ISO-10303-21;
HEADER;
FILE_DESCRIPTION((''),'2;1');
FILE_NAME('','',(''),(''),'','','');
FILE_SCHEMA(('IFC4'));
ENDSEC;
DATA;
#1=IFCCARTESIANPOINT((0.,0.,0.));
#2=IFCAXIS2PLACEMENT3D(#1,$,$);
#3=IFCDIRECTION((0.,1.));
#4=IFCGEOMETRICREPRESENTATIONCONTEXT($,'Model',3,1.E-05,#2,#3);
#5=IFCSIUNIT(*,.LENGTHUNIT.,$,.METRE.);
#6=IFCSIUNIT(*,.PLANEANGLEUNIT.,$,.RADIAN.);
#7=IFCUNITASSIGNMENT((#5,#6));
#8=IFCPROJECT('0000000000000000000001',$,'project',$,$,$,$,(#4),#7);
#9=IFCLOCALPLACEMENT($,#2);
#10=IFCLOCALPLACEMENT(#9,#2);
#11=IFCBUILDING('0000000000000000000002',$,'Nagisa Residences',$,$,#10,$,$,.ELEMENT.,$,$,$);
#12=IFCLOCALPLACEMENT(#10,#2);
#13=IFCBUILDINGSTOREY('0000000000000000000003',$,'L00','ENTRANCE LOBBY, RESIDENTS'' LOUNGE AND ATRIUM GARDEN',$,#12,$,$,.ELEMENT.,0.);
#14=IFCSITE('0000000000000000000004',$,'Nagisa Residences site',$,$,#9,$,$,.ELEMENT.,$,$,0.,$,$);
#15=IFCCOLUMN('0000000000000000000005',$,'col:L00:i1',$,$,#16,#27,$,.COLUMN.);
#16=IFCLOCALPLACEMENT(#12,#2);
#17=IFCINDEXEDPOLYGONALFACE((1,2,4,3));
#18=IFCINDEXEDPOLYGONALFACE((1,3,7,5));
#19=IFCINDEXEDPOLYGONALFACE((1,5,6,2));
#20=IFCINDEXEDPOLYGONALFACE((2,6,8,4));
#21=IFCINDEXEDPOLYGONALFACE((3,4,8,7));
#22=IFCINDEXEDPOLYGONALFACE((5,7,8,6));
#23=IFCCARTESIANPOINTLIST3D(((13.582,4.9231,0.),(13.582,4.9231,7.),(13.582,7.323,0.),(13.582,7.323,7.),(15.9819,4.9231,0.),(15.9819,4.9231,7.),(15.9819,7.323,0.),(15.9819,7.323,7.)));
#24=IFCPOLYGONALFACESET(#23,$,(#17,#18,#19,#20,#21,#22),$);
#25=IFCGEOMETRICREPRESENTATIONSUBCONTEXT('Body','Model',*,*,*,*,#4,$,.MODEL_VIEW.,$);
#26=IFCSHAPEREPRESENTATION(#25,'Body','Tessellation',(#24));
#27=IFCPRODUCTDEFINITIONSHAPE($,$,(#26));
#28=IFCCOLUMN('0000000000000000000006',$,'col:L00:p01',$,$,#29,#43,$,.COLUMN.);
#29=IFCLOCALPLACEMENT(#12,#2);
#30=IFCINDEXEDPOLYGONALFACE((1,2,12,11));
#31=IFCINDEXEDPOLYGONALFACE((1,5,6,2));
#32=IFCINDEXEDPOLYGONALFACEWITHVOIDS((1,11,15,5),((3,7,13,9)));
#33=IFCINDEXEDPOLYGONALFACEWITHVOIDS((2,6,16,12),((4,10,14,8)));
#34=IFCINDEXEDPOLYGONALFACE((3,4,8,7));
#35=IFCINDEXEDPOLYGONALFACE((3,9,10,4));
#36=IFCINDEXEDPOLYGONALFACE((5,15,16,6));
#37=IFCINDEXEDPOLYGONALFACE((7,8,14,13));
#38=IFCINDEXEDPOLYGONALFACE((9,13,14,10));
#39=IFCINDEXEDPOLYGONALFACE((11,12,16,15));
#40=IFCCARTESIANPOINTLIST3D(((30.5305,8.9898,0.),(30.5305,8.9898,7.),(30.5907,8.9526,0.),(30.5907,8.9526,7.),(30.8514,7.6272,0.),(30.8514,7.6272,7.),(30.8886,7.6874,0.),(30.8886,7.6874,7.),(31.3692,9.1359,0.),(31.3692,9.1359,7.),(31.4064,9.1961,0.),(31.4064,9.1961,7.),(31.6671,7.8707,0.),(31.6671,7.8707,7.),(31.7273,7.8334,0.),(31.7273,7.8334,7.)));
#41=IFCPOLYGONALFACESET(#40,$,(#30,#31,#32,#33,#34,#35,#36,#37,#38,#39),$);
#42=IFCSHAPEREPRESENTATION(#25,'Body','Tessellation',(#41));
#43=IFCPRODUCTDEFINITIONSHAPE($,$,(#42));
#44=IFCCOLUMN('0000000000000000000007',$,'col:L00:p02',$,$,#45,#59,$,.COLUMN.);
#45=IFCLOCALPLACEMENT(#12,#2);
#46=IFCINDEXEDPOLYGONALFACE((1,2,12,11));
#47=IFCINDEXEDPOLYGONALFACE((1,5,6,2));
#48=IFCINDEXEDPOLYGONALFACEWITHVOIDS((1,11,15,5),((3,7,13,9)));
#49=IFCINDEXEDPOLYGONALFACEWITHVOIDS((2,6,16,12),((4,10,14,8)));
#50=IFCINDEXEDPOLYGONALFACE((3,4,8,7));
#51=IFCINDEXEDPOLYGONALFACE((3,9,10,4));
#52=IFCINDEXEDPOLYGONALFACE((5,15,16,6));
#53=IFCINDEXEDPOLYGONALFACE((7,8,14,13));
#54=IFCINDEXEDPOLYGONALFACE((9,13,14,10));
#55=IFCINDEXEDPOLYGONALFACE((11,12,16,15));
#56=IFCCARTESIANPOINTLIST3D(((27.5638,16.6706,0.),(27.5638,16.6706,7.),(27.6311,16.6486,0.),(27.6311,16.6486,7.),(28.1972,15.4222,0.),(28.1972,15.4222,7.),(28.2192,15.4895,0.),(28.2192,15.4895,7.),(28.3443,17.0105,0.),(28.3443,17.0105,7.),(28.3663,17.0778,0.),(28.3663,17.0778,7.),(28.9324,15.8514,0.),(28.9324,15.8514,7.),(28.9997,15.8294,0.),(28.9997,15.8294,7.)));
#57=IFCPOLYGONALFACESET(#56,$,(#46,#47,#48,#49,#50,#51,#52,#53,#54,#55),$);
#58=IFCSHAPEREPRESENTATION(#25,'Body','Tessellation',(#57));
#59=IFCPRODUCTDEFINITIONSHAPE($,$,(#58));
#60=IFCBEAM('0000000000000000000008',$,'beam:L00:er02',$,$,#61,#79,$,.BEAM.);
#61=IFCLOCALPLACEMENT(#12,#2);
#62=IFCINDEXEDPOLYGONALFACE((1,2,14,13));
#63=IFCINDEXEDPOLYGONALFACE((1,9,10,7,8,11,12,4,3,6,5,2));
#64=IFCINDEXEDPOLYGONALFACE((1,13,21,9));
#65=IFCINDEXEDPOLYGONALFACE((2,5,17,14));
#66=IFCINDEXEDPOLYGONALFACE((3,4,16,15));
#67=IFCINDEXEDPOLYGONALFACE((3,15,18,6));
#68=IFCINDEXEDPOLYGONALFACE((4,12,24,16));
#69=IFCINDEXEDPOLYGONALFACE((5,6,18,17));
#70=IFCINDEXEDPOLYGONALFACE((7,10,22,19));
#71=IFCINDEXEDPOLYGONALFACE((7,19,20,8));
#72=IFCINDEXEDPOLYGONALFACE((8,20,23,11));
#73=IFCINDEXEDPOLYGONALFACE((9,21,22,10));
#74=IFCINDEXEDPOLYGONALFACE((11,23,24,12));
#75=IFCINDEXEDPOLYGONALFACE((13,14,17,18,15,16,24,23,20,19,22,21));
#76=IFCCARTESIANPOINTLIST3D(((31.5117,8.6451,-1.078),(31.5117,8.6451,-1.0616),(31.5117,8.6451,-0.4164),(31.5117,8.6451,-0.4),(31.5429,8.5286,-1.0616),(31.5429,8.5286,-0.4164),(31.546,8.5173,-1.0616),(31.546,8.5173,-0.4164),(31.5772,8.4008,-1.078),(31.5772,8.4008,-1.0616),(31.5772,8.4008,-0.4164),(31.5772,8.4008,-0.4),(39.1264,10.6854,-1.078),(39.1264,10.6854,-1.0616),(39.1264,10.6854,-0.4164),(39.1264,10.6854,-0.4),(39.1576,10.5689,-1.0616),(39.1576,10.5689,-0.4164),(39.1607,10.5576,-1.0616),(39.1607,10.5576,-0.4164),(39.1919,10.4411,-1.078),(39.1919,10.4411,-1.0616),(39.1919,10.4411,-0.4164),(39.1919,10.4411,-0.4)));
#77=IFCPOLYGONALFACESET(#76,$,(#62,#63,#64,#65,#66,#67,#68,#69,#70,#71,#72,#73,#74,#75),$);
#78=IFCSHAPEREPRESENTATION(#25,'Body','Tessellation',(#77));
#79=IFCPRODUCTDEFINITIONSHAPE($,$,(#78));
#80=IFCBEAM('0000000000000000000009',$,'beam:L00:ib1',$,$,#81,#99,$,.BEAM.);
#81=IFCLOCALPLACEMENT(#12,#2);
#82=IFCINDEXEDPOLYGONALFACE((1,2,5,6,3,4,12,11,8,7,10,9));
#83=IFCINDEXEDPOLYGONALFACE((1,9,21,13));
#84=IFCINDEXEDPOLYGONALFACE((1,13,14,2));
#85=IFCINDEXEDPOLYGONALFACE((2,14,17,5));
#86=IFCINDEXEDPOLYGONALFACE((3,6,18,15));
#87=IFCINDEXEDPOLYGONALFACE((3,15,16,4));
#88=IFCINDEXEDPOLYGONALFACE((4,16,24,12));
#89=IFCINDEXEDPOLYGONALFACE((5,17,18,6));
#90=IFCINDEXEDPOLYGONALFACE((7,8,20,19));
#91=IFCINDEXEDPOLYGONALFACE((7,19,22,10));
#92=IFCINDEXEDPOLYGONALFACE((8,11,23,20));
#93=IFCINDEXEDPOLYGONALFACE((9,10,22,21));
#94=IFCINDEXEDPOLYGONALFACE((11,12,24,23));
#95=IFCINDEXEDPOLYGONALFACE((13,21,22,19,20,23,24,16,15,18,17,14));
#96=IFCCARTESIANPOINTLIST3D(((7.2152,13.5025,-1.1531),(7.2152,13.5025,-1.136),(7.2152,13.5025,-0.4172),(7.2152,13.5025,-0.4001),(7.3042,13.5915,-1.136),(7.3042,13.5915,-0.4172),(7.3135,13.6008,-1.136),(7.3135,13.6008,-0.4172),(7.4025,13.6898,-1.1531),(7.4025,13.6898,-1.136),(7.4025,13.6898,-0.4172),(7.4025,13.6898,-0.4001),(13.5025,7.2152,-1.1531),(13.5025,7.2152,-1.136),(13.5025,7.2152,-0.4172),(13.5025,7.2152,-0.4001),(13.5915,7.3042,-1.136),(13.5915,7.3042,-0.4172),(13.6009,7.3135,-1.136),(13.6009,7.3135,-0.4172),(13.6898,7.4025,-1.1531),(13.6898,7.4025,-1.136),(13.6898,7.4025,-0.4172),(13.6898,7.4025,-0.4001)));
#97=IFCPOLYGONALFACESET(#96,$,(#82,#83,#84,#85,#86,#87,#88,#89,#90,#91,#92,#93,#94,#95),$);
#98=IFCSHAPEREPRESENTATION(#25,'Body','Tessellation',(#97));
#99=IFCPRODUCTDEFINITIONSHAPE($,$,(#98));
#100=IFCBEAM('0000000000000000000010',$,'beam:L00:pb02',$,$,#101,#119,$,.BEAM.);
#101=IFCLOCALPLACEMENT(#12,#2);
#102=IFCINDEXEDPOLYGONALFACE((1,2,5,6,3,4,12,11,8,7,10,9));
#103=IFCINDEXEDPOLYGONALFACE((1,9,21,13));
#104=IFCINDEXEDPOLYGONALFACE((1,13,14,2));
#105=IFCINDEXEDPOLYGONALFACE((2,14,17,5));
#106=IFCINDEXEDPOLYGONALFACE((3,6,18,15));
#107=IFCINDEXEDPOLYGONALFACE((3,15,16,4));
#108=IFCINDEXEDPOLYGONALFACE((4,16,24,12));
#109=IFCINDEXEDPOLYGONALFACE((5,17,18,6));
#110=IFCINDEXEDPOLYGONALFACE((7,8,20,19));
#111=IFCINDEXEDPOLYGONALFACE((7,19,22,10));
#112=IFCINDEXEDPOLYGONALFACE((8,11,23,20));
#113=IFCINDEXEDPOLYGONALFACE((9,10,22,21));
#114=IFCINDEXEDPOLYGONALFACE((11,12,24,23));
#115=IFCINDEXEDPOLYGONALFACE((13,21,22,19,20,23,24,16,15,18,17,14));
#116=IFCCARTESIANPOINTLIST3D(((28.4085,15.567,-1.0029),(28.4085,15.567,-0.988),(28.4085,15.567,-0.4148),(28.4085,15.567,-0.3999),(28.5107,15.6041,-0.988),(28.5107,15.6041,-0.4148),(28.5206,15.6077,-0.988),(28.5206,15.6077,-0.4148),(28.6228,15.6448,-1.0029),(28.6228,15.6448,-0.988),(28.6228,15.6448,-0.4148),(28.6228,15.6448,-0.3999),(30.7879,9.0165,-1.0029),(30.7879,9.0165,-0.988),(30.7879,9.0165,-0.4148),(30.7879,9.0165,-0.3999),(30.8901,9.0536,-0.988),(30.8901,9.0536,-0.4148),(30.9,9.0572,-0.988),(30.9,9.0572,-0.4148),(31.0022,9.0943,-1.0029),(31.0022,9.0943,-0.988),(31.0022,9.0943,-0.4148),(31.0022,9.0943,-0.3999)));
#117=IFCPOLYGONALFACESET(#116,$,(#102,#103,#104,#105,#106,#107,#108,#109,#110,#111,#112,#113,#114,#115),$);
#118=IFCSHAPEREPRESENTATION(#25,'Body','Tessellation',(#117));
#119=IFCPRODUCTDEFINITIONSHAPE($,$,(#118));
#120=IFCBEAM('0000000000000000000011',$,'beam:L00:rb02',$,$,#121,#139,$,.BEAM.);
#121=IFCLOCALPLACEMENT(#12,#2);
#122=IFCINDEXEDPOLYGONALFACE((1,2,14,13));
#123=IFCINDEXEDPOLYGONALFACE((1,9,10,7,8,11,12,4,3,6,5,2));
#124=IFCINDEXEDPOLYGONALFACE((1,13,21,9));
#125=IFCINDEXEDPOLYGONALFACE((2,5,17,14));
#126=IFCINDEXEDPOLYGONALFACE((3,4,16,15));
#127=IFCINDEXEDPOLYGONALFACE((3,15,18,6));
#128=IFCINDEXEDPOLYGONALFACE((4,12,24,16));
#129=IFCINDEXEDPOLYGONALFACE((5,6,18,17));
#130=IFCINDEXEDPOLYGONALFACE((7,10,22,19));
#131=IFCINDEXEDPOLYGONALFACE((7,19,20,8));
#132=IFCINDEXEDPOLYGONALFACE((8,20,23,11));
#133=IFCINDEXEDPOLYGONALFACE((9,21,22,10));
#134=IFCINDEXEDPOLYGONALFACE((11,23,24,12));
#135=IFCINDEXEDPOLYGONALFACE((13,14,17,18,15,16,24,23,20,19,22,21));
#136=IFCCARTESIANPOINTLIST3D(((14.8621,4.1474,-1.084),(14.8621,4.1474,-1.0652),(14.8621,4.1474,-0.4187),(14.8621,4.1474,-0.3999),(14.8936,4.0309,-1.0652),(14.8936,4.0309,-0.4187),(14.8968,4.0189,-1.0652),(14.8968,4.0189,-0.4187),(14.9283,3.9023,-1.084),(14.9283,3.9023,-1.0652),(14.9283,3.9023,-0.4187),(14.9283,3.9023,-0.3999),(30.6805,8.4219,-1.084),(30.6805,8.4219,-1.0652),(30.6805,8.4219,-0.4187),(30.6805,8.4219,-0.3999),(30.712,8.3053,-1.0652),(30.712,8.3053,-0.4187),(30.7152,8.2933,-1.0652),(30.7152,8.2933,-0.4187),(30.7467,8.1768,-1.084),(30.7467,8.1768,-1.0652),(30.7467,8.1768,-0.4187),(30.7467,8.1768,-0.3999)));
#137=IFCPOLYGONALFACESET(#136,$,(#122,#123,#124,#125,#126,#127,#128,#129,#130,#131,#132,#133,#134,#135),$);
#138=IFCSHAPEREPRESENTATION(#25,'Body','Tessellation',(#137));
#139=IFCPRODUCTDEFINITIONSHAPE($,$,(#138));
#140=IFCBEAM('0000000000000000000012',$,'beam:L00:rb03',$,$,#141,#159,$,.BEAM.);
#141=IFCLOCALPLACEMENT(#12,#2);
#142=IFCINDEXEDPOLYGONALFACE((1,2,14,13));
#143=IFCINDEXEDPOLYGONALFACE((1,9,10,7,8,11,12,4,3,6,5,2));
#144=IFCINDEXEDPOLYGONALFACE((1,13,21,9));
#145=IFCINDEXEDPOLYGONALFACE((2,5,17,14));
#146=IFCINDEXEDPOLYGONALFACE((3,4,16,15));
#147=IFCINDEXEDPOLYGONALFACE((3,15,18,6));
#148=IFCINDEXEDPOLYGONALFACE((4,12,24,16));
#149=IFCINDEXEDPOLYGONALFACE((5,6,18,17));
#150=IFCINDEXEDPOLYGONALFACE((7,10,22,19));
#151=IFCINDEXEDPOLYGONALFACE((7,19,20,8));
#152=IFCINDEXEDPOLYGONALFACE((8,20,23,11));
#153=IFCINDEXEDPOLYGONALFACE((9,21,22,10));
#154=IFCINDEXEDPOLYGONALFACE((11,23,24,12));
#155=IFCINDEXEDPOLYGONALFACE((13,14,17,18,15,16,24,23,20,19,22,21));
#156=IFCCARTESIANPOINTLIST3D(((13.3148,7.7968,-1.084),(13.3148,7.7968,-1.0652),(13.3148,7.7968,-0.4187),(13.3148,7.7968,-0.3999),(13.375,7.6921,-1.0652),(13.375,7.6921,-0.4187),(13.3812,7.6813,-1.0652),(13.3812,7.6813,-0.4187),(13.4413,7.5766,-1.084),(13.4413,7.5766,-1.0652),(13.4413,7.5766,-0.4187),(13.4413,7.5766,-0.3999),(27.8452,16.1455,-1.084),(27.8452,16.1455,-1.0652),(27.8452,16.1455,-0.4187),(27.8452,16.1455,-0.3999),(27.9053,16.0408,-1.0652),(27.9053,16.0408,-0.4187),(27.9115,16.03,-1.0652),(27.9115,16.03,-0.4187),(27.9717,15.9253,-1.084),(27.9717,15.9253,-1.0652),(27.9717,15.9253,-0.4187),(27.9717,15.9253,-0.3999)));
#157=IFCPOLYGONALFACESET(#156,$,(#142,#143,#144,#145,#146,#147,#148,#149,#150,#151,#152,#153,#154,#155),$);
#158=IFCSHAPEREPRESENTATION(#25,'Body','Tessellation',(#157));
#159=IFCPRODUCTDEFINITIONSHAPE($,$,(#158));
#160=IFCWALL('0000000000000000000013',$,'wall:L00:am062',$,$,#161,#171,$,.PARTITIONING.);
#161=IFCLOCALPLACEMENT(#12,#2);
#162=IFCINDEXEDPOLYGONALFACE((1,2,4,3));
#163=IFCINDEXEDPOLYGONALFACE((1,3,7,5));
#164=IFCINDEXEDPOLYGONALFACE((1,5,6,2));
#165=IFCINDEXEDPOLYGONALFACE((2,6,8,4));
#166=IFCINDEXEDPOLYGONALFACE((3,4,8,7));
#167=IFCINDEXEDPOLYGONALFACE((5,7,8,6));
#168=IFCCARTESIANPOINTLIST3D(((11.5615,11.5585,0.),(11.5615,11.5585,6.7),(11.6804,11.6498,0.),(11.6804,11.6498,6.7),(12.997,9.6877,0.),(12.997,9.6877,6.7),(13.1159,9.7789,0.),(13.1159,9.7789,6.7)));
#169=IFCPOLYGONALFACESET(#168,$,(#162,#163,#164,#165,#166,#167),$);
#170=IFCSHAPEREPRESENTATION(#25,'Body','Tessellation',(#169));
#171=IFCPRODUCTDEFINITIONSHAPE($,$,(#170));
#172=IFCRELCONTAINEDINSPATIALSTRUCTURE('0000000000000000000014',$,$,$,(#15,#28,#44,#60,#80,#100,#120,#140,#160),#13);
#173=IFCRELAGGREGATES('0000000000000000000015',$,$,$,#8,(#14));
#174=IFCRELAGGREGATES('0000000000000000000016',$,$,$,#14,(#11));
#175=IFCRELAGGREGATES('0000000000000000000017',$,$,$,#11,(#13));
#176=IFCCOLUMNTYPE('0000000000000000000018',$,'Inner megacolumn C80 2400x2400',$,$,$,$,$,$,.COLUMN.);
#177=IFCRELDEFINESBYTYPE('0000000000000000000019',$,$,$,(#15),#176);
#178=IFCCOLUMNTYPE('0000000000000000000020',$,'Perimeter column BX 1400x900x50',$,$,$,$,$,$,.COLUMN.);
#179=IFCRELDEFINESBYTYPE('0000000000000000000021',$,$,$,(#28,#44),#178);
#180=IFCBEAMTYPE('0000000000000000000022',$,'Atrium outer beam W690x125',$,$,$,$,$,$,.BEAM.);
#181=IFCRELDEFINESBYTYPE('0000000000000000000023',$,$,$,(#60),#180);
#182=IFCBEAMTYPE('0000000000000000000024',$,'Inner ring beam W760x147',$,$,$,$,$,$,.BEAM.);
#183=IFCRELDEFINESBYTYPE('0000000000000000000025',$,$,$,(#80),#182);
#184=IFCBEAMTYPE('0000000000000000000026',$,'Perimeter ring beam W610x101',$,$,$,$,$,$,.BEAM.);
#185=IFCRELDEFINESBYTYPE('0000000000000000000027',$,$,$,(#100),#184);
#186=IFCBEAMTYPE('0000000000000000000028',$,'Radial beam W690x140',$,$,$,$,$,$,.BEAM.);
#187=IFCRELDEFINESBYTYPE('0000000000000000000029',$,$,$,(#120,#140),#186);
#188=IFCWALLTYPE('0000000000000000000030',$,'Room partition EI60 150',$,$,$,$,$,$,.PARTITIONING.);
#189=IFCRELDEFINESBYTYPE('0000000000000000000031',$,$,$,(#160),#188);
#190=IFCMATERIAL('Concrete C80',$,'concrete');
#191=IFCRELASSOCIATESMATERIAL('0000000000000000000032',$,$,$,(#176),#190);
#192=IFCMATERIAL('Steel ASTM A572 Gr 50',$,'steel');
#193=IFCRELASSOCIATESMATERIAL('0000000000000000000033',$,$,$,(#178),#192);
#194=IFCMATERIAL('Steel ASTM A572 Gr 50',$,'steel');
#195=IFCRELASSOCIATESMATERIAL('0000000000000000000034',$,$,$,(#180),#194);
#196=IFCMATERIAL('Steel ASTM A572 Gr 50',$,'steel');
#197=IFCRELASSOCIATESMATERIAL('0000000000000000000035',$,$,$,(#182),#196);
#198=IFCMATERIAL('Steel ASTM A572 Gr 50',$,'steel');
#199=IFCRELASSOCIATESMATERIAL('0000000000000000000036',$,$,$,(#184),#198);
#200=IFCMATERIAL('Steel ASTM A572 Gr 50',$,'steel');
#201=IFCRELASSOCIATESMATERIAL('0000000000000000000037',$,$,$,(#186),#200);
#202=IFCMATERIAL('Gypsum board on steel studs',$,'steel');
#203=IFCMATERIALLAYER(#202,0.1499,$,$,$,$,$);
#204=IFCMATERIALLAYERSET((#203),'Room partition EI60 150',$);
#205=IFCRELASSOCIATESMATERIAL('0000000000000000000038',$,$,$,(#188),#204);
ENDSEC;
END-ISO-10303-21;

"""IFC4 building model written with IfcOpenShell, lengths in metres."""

from ifc_helpers import new_model, si_unit, direction, frame, frame_2d, origin, origin_2d, place, context, subcontext, project, spatial, rectangle, hollow_rectangle, i_section, extrude, material, layer, layer_set, material_profile, profile_set, type_object, element, save


model = new_model("IFC4")

# Units and contexts
model_context = context("Model", 3, precision=1e-05, world=origin(), true_north=direction((0.0, 1.0)))
body_context = subcontext(model_context, "Body", "Model", "MODEL_VIEW")
ifc_project = project(units=[si_unit("LENGTHUNIT", "METRE"), si_unit("PLANEANGLEUNIT", "RADIAN")], contexts=[model_context])

# Site, building, storey
site_placement = place(None, origin())
site = spatial("IfcSite", under=ifc_project, at=site_placement, Name="Nagisa Residences site", CompositionType="ELEMENT", RefElevation=0.0)
building_placement = place(site_placement, origin())
building = spatial("IfcBuilding", under=site, at=building_placement, Name="Nagisa Residences", CompositionType="ELEMENT")
storey_placement = place(building_placement, origin())
storey = spatial("IfcBuildingStorey", under=building, at=storey_placement, Name="L00", Description="ENTRANCE LOBBY, RESIDENTS' LOUNGE AND ATRIUM GARDEN", CompositionType="ELEMENT", Elevation=0.0)

# Columns
ifc_material_1 = material(Name="Concrete C80", Category="concrete")
ifc_material_profile_1 = material_profile(ifc_material_1, rectangle(XDim=2.3999, YDim=2.3999, at=origin_2d()), Name="C80 2400x2400")
ifc_profile_set_1 = profile_set([ifc_material_profile_1], Name="Concrete C80")
column_type_1 = type_object("IfcColumnType", Name="Inner megacolumn C80 2400x2400", PredefinedType="COLUMN", material=ifc_profile_set_1)
column_placement = place(storey_placement, frame((14.782, 6.123, 0.0), z_axis=(0.0, 0.0, 1.0), x_axis=(1.0, 0.0, 0.0)))
element("IfcColumn", 1, at=column_placement, inside=storey, type_object=column_type_1, Name="col:L00:i1", PredefinedType="COLUMN", context=body_context, shape_type="SweptSolid", body=[
    extrude(rectangle(XDim=2.3999, YDim=2.3999, at=origin_2d()), origin(), (0.0, 0.0, 1.0), 7.0),
])
ifc_material_2 = material(Name="Steel ASTM A572 Gr 50", Category="steel")
ifc_material_profile_2 = material_profile(ifc_material_2, hollow_rectangle(XDim=1.3999, YDim=0.8999, WallThickness=0.05, at=origin_2d()), Name="BX 1400x900x50")
ifc_profile_set_2 = profile_set([ifc_material_profile_2], Name="Steel ASTM A572 Gr 50")
column_type_2 = type_object("IfcColumnType", Name="Perimeter column BX 1400x900x50", PredefinedType="COLUMN", material=ifc_profile_set_2)
for number, where, z_axis, x_axis, name in (
    (2, (31.1289, 8.4116, 0.0), (0.0, 0.0, 1.0), (-0.229202, 0.973379, 0.0), "col:L00:p01"),
    (3, (28.2817, 16.25, 0.0), (0.0, 0.0, 1.0), (-0.452463, 0.891783, 0.0), "col:L00:p02"),
):
    element("IfcColumn", number, at=place(storey_placement, frame(where, z_axis=z_axis, x_axis=x_axis)), inside=storey, type_object=column_type_2, Name=name, PredefinedType="COLUMN", context=body_context, shape_type="SweptSolid", body=[
        extrude(hollow_rectangle(XDim=1.3999, YDim=0.8999, WallThickness=0.05, at=origin_2d()), origin(), (0.0, 0.0, 1.0), 7.0),
    ])

# Beams
ifc_material_3 = material(Name="Steel ASTM A572 Gr 50", Category="steel")
ifc_material_profile_3 = material_profile(ifc_material_3, i_section(OverallWidth=0.2529, OverallDepth=0.678, WebThickness=0.0117, FlangeThickness=0.0164, at=origin_2d()), Name="W690x125")
ifc_profile_set_3 = profile_set([ifc_material_profile_3], Name="Steel ASTM A572 Gr 50")
beam_type_1 = type_object("IfcBeamType", Name="Atrium outer beam W690x125", PredefinedType="BEAM", material=ifc_profile_set_3)
beam_1_placement = place(storey_placement, frame((31.5444, 8.5229, -0.739), z_axis=(0.965928, 0.258809, 0.0), x_axis=(-0.258809, 0.965928, 0.0)))
element("IfcBeam", 4, at=beam_1_placement, inside=storey, type_object=beam_type_1, Name="beam:L00:er02", PredefinedType="BEAM", context=body_context, shape_type="SweptSolid", body=[
    extrude(i_section(OverallWidth=0.2529, OverallDepth=0.678, WebThickness=0.0117, FlangeThickness=0.0164, at=origin_2d()), origin(), (0.0, 0.0, 1.0), 7.8833),
])
ifc_material_4 = material(Name="Steel ASTM A572 Gr 50", Category="steel")
ifc_material_profile_4 = material_profile(ifc_material_4, i_section(OverallWidth=0.2649, OverallDepth=0.7529, WebThickness=0.0132, FlangeThickness=0.0171, at=origin_2d()), Name="W760x147")
ifc_profile_set_4 = profile_set([ifc_material_profile_4], Name="Steel ASTM A572 Gr 50")
beam_type_2 = type_object("IfcBeamType", Name="Inner ring beam W760x147", PredefinedType="BEAM", material=ifc_profile_set_4)
beam_2_placement = place(storey_placement, frame((13.5962, 7.3088, -0.7766), z_axis=(-0.707107, 0.707107, 0.0), x_axis=(-0.707107, -0.707107, 0.0)))
element("IfcBeam", 5, at=beam_2_placement, inside=storey, type_object=beam_type_2, Name="beam:L00:ib1", PredefinedType="BEAM", context=body_context, shape_type="SweptSolid", body=[
    extrude(i_section(OverallWidth=0.2649, OverallDepth=0.7529, WebThickness=0.0132, FlangeThickness=0.0171, at=origin_2d()), origin(), (0.0, 0.0, 1.0), 8.8916),
])
ifc_material_5 = material(Name="Steel ASTM A572 Gr 50", Category="steel")
ifc_material_profile_5 = material_profile(ifc_material_5, i_section(OverallWidth=0.228, OverallDepth=0.603, WebThickness=0.0105, FlangeThickness=0.0149, at=origin_2d()), Name="W610x101")
ifc_profile_set_5 = profile_set([ifc_material_profile_5], Name="Steel ASTM A572 Gr 50")
beam_type_3 = type_object("IfcBeamType", Name="Perimeter ring beam W610x101", PredefinedType="BEAM", material=ifc_profile_set_5)
beam_3_placement = place(storey_placement, frame((30.895, 9.0554, -0.7014), z_axis=(-0.341411, 0.939914, 0.0), x_axis=(-0.939914, -0.341411, 0.0)))
element("IfcBeam", 6, at=beam_3_placement, inside=storey, type_object=beam_type_3, Name="beam:L00:pb02", PredefinedType="BEAM", context=body_context, shape_type="SweptSolid", body=[
    extrude(i_section(OverallWidth=0.228, OverallDepth=0.603, WebThickness=0.0105, FlangeThickness=0.0149, at=origin_2d()), origin(), (0.0, 0.0, 1.0), 6.9692),
])
ifc_material_6 = material(Name="Steel ASTM A572 Gr 50", Category="steel")
ifc_material_profile_6 = material_profile(ifc_material_6, i_section(OverallWidth=0.2539, OverallDepth=0.6841, WebThickness=0.0125, FlangeThickness=0.0188, at=origin_2d()), Name="W690x140")
ifc_profile_set_6 = profile_set([ifc_material_profile_6], Name="Steel ASTM A572 Gr 50")
beam_type_4 = type_object("IfcBeamType", Name="Radial beam W690x140", PredefinedType="BEAM", material=ifc_profile_set_6)
beam_4_placement = place(storey_placement, frame((30.7136, 8.2993, -0.7419), z_axis=(-0.965376, -0.260862, 0.0), x_axis=(0.260862, -0.965376, 0.0)))
element("IfcBeam", 7, at=beam_4_placement, inside=storey, type_object=beam_type_4, Name="beam:L00:rb02", PredefinedType="BEAM", context=body_context, shape_type="SweptSolid", body=[
    extrude(i_section(OverallWidth=0.2539, OverallDepth=0.6841, WebThickness=0.0125, FlangeThickness=0.0188, at=origin_2d()), origin(), (0.0, 0.0, 1.0), 16.3857),
])
beam_5_placement = place(storey_placement, frame((27.9084, 16.0354, -0.7419), z_axis=(-0.867068, -0.49819, 0.0), x_axis=(0.49819, -0.867068, 0.0)))
element("IfcBeam", 8, at=beam_5_placement, inside=storey, type_object=beam_type_4, Name="beam:L00:rb03", PredefinedType="BEAM", context=body_context, shape_type="SweptSolid", body=[
    extrude(i_section(OverallWidth=0.2539, OverallDepth=0.6841, WebThickness=0.0125, FlangeThickness=0.0188, at=origin_2d()), origin(), (0.0, 0.0, 1.0), 16.7581),
])

# Wall
ifc_material_7 = material(Name="Gypsum board on steel studs", Category="steel")
ifc_layer = layer(ifc_material_7, 0.1499)
ifc_layer_set = layer_set([ifc_layer], Name="Room partition EI60 150")
wall_type = type_object("IfcWallType", Name="Room partition EI60 150", PredefinedType="PARTITIONING", material=ifc_layer_set)
wall_1_placement = place(storey_placement, frame((11.6208, 11.6042, 0.0), z_axis=(0.0, 0.0, 1.0), x_axis=(0.60876, -0.793355, 0.0)))
element("IfcWall", 9, at=wall_1_placement, inside=storey, type_object=wall_type, Name="wall:L00:am062", PredefinedType="PARTITIONING", context=body_context, shape_type="SweptSolid", body=[
    extrude(rectangle(XDim=2.3582, YDim=0.1499, at=frame_2d((1.1792, 0.0))), origin(), (0.0, 0.0, 1.0), 6.7),
])

save(model, "model.ifc")
